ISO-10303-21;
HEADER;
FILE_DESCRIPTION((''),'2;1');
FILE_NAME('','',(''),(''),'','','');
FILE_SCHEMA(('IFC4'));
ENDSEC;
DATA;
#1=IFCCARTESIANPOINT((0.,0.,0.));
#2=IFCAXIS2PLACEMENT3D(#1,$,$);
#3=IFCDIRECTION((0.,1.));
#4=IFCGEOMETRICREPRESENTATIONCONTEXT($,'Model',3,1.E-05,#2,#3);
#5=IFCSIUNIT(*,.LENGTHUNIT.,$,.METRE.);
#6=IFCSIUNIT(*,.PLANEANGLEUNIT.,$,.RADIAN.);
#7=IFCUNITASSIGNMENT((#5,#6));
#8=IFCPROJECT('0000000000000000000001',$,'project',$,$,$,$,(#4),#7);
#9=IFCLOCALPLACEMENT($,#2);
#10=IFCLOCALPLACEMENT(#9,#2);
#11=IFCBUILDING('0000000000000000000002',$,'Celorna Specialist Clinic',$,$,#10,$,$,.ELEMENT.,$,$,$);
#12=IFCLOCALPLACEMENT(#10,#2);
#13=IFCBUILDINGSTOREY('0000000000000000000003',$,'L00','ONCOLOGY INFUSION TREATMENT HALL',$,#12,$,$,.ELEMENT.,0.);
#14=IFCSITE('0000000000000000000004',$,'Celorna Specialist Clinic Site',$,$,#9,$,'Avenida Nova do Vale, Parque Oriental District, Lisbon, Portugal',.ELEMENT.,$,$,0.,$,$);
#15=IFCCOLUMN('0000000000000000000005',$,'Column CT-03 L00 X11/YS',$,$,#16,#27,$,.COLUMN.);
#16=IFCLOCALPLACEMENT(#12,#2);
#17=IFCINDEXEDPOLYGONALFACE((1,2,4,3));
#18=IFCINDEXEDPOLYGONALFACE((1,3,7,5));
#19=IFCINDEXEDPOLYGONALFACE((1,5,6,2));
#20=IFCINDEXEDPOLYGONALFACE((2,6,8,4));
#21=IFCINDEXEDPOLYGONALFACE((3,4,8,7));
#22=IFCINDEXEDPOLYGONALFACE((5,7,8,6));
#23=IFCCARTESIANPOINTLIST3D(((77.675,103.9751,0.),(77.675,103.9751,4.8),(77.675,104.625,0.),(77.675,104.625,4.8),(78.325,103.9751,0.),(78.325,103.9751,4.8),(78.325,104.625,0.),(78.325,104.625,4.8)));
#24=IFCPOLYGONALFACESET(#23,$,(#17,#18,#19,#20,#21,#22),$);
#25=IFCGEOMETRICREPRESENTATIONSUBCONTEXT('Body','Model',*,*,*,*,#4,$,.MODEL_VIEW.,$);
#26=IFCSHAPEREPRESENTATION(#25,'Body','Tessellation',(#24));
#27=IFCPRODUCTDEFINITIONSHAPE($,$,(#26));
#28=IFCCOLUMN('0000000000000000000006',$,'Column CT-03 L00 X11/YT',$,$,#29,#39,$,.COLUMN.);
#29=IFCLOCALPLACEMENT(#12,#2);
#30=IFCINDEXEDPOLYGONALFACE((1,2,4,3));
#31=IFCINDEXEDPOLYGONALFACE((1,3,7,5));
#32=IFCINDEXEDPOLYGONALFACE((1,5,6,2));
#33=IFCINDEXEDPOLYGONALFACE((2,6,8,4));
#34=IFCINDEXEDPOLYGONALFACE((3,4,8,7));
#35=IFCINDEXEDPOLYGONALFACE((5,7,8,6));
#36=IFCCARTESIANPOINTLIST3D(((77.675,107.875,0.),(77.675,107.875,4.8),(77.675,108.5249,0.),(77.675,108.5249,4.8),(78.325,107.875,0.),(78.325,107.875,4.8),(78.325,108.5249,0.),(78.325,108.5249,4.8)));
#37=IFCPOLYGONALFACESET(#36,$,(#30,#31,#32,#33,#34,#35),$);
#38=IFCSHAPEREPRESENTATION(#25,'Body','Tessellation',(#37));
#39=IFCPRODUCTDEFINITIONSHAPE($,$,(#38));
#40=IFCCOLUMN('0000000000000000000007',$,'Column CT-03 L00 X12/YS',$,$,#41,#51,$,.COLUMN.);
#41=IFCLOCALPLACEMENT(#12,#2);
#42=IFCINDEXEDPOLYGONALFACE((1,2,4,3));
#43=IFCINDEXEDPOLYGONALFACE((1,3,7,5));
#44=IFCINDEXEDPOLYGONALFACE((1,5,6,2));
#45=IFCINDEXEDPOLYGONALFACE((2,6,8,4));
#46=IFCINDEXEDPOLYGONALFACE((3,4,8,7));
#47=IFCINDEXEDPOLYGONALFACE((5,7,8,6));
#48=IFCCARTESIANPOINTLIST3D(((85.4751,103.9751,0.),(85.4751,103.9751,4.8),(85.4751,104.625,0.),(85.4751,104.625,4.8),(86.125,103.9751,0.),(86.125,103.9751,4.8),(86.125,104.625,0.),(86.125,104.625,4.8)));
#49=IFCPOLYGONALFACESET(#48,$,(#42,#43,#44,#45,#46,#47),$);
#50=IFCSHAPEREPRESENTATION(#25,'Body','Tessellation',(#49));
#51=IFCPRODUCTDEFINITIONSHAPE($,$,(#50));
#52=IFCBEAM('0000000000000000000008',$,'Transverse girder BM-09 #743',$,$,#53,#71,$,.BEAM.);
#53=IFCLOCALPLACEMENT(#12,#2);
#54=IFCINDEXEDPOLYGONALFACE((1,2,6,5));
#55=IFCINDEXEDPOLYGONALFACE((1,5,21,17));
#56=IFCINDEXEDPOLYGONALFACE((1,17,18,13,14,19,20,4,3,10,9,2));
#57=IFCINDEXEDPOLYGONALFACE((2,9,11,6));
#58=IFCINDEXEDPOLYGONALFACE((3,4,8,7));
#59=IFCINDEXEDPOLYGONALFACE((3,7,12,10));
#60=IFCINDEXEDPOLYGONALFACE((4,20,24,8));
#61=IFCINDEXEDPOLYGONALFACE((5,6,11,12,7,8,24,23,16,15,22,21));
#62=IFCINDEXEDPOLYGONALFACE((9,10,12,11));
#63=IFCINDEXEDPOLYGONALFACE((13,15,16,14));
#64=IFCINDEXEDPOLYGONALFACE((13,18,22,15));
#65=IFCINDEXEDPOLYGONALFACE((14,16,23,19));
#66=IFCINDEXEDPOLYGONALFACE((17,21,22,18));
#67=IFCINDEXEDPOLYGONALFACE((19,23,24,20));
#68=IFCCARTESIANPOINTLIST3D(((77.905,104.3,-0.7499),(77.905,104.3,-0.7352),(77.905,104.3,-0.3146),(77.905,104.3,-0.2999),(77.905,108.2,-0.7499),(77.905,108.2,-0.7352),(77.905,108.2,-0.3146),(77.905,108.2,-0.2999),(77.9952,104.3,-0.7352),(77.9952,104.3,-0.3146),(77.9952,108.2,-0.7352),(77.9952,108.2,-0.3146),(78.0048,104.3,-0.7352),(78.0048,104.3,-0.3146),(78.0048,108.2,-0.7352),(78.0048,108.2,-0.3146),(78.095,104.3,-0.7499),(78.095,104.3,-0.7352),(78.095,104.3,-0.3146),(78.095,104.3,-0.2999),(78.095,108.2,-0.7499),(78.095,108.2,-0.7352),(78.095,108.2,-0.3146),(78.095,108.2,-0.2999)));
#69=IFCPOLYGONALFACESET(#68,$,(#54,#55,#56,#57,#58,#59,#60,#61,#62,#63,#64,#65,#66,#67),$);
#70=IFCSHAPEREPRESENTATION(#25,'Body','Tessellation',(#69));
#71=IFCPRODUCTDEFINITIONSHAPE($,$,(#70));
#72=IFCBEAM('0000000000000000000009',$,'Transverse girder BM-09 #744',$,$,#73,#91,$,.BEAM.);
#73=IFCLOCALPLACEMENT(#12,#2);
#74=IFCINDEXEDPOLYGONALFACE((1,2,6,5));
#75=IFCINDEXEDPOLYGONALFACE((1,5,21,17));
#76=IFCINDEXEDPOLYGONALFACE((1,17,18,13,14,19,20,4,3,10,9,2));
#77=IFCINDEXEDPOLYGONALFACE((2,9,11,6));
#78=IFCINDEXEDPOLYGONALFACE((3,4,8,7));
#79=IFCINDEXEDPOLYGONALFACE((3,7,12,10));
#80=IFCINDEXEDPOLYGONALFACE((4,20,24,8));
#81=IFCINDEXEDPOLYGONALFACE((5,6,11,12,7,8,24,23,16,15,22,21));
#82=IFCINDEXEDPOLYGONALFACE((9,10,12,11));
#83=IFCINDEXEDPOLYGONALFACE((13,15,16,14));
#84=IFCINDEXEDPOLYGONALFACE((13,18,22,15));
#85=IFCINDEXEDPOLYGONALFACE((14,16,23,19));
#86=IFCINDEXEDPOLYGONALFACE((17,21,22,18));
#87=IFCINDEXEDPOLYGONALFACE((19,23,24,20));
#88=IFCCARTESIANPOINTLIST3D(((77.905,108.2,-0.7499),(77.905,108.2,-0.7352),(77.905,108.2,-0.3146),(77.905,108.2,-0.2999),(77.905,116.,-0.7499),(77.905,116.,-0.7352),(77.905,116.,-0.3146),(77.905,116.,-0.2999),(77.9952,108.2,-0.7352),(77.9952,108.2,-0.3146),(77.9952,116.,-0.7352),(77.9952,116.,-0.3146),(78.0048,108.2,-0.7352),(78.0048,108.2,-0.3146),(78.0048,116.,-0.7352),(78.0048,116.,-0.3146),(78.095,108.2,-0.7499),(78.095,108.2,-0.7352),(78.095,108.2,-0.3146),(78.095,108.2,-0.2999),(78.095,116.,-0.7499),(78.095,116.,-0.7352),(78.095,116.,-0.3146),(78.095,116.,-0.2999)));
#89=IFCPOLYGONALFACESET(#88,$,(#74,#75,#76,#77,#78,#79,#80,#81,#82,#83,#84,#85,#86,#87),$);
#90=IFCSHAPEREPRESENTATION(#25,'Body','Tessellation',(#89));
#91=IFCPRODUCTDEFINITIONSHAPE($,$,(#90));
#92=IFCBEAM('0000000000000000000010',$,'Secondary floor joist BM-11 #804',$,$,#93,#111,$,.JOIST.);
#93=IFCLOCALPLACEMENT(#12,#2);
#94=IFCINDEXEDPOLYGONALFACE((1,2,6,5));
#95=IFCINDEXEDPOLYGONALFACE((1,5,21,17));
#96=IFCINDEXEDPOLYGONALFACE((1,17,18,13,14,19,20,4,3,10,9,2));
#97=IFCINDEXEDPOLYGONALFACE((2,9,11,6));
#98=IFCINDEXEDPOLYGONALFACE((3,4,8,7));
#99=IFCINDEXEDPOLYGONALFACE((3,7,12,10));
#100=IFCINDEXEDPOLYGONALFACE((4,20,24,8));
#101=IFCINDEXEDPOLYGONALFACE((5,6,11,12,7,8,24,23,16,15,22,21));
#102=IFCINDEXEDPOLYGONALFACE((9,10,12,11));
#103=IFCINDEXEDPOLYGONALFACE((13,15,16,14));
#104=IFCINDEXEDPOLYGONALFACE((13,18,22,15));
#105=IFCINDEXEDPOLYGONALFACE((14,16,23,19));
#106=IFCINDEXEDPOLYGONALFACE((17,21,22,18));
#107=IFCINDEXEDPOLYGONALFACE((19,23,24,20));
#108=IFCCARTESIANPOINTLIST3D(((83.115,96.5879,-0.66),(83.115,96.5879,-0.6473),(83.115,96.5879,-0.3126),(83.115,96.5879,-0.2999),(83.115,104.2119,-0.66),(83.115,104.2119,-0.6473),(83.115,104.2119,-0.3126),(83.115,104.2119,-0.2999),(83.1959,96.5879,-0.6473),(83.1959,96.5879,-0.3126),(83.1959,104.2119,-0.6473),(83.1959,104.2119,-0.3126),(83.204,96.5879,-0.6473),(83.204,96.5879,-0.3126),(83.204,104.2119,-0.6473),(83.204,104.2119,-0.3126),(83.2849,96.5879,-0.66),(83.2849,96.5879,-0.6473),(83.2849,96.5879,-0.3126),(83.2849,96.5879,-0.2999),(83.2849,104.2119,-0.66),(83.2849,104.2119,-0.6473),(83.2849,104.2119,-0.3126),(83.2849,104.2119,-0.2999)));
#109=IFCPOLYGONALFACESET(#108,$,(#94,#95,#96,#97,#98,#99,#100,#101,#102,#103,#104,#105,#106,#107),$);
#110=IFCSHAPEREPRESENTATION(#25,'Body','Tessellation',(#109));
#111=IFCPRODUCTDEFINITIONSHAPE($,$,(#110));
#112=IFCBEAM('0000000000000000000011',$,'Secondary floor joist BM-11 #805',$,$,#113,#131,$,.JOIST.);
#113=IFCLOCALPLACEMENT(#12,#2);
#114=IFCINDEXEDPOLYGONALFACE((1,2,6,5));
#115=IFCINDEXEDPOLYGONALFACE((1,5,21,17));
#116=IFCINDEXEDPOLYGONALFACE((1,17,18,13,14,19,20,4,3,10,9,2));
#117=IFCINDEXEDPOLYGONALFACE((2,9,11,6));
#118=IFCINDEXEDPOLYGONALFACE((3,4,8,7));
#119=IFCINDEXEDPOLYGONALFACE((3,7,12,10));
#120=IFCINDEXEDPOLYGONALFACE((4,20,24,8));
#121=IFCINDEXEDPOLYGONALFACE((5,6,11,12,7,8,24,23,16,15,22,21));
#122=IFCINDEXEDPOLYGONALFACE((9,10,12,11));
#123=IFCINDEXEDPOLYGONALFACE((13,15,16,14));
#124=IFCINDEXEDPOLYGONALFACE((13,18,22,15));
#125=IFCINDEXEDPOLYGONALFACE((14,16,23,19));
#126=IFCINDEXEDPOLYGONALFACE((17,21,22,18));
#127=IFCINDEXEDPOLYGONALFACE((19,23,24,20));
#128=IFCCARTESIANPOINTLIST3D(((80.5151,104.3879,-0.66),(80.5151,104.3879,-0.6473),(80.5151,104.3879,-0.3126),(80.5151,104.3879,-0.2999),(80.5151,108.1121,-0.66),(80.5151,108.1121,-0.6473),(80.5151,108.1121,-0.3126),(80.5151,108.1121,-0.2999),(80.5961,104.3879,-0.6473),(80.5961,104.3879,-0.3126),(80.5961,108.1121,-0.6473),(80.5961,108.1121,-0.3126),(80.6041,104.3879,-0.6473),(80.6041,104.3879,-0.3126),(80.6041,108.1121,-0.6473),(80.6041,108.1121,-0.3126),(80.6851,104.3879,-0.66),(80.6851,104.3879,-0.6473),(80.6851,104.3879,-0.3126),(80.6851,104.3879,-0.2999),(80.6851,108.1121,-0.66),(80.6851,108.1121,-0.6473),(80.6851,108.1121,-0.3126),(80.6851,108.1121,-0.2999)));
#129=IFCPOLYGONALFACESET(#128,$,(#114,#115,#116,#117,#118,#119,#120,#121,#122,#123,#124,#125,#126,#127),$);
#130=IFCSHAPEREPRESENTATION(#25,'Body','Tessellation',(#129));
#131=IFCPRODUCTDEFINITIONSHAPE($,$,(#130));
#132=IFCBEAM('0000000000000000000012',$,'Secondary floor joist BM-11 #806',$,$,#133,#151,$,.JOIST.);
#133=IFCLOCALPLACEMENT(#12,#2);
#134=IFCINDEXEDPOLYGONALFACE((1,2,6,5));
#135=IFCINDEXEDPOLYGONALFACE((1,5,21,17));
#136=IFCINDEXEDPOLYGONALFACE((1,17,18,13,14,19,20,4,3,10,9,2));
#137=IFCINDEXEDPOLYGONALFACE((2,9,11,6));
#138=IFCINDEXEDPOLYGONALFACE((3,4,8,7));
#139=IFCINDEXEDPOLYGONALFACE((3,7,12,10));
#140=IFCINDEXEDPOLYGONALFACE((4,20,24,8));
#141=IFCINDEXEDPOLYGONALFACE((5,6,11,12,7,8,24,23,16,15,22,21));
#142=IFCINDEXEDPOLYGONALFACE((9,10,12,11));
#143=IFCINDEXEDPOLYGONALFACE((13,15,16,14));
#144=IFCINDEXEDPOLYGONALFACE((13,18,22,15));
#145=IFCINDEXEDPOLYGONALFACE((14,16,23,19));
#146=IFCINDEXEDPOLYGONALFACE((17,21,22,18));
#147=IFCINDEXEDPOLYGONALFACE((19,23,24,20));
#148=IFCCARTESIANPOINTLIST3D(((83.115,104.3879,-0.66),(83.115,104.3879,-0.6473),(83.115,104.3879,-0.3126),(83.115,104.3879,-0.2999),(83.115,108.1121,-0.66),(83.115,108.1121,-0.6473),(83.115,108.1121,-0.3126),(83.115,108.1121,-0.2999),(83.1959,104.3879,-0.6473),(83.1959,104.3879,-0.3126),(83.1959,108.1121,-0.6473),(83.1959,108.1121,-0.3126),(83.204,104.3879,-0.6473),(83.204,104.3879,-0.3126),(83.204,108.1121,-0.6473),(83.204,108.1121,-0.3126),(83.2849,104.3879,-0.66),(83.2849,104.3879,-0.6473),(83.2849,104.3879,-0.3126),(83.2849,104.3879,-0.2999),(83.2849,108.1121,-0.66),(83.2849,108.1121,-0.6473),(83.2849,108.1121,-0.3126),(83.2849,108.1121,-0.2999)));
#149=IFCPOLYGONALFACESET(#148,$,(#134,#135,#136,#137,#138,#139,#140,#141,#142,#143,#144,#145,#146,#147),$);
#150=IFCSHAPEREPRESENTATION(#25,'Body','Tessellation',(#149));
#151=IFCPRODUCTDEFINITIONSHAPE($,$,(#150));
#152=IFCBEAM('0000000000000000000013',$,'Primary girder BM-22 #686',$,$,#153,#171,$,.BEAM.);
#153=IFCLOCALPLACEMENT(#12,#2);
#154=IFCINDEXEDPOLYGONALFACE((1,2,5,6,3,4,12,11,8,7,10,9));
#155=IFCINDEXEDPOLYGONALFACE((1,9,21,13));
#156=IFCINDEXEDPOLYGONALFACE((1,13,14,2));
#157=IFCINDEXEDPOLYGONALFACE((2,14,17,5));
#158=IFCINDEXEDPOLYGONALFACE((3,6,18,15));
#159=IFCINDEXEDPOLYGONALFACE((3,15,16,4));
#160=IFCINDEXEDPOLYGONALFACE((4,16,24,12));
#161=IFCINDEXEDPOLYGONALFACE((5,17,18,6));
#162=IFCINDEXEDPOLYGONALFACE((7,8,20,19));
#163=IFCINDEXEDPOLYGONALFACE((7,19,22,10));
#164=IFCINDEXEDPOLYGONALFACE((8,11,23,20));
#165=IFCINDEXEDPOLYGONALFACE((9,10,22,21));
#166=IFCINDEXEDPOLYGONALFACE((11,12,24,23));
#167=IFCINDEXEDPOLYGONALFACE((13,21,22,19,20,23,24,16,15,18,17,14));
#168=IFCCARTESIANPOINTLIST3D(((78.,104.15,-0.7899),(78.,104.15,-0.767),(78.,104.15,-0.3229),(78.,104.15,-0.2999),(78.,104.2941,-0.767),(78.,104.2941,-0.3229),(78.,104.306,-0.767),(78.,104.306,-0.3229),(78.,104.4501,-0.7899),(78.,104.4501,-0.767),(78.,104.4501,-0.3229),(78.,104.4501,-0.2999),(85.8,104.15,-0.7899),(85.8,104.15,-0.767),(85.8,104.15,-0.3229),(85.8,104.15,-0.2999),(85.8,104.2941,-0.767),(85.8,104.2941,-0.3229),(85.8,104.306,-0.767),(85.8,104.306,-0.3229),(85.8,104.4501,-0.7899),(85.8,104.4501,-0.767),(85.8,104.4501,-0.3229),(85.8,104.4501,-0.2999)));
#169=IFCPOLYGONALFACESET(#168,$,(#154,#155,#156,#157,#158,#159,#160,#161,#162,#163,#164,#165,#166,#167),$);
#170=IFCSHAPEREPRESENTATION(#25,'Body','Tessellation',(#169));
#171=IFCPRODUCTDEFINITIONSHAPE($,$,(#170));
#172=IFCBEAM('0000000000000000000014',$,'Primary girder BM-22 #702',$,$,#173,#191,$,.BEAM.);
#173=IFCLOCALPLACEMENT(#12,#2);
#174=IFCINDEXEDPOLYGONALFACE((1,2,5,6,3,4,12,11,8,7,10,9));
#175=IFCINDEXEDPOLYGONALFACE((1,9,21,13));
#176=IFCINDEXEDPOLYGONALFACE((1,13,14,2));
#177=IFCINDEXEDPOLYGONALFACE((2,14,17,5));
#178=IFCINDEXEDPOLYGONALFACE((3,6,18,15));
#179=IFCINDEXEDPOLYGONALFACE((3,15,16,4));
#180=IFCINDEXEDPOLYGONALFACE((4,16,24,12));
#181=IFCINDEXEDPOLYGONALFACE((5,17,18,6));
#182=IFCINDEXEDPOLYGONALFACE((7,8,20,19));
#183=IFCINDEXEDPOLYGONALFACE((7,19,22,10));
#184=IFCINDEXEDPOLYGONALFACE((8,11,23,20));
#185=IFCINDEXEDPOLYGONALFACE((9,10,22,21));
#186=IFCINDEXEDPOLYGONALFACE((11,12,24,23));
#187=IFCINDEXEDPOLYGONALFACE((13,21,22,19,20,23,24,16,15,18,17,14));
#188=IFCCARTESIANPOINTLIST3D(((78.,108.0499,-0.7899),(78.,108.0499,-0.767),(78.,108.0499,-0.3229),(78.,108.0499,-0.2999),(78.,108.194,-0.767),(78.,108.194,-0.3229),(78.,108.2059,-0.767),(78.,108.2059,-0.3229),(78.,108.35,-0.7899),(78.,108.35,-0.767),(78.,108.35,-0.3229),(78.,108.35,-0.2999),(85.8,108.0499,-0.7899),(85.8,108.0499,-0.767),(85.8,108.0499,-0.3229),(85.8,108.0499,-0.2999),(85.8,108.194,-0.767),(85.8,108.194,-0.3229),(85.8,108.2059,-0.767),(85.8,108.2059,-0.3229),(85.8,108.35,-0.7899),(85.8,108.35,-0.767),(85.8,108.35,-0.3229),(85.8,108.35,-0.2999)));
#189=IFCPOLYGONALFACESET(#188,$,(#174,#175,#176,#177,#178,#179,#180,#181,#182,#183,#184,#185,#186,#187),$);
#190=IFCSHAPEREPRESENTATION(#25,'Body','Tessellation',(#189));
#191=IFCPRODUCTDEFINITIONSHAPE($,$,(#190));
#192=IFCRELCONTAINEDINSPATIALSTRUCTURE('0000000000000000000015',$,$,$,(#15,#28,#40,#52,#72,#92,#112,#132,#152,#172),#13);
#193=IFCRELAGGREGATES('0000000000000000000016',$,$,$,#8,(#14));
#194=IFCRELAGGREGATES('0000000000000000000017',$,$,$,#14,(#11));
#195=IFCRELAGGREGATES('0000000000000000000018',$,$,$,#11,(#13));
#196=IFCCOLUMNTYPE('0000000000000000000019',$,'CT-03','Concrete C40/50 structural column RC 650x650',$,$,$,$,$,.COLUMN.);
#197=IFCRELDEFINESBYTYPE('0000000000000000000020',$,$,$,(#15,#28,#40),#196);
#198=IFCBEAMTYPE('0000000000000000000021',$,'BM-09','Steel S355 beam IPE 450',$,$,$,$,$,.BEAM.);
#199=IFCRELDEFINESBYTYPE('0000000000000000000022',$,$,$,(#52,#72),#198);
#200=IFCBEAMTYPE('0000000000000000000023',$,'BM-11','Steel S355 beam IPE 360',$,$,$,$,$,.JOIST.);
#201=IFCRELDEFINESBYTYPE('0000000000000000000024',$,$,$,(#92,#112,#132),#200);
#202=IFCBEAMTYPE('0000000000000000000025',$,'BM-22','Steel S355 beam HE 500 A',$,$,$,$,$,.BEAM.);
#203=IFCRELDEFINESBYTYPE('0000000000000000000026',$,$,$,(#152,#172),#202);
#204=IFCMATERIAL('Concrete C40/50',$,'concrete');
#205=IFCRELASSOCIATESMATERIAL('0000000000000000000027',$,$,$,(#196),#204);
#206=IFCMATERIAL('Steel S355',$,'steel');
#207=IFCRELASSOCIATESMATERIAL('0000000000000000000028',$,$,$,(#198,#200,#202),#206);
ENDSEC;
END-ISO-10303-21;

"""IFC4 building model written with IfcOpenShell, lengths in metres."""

from ifc_helpers import new_model, si_unit, direction, frame, origin, origin_2d, place, context, subcontext, project, spatial, rectangle, i_section, extrude, material, material_profile, profile_set, type_object, element, save


model = new_model("IFC4")

# Units and contexts
model_context = context("Model", 3, precision=1e-05, world=origin(), true_north=direction((0.0, 1.0)))
body_context = subcontext(model_context, "Body", "Model", "MODEL_VIEW")
ifc_project = project(units=[si_unit("LENGTHUNIT", "METRE"), si_unit("PLANEANGLEUNIT", "RADIAN")], contexts=[model_context])

# Site, building, storey
site_placement = place(None, origin())
site = spatial("IfcSite", under=ifc_project, at=site_placement, Name="Celorna Specialist Clinic Site", LongName="Avenida Nova do Vale, Parque Oriental District, Lisbon, Portugal", CompositionType="ELEMENT", RefElevation=0.0)
building_placement = place(site_placement, origin())
building = spatial("IfcBuilding", under=site, at=building_placement, Name="Celorna Specialist Clinic", CompositionType="ELEMENT")
storey_placement = place(building_placement, origin())
storey = spatial("IfcBuildingStorey", under=building, at=storey_placement, Name="L00", Description="ONCOLOGY INFUSION TREATMENT HALL", CompositionType="ELEMENT", Elevation=0.0)

# Columns
ifc_material_1 = material(Name="Concrete C40/50", Category="concrete")
ifc_material_profile_1 = material_profile(ifc_material_1, rectangle(XDim=0.6499, YDim=0.6499, at=origin_2d()), Name="RC 650x650")
ifc_profile_set_1 = profile_set([ifc_material_profile_1], Name="Concrete C40/50")
column_type = type_object("IfcColumnType", Name="CT-03", Description="Concrete C40/50 structural column RC 650x650", PredefinedType="COLUMN", material=ifc_profile_set_1)
for number, where, z_axis, x_axis, name in (
    (1, (78.0, 104.3, 0.0), (0.0, 0.0, 1.0), (1.0, 0.0, 0.0), "Column CT-03 L00 X11/YS"),
    (2, (78.0, 108.2, 0.0), (0.0, 0.0, 1.0), (1.0, 0.0, 0.0), "Column CT-03 L00 X11/YT"),
    (3, (85.8, 104.3, 0.0), (0.0, 0.0, 1.0), (1.0, 0.0, 0.0), "Column CT-03 L00 X12/YS"),
):
    element("IfcColumn", number, at=place(storey_placement, frame(where, z_axis=z_axis, x_axis=x_axis)), inside=storey, type_object=column_type, Name=name, PredefinedType="COLUMN", context=body_context, shape_type="SweptSolid", body=[
        extrude(rectangle(XDim=0.6499, YDim=0.6499, at=origin_2d()), origin(), (0.0, 0.0, 1.0), 4.8),
    ])

# Beams
ifc_material_2 = material(Name="Steel S355", Category="steel")
ifc_material_profile_2 = material_profile(ifc_material_2, i_section(OverallWidth=0.1899, OverallDepth=0.45, WebThickness=0.0095, FlangeThickness=0.0146, at=origin_2d()), Name="IPE 450")
ifc_profile_set_2 = profile_set([ifc_material_profile_2], Name="Steel S355")
beam_type_1 = type_object("IfcBeamType", Name="BM-09", Description="Steel S355 beam IPE 450", PredefinedType="BEAM", material=ifc_profile_set_2)
beam_1_placement = place(storey_placement, frame((78.0, 104.3, -0.5249), z_axis=(0.0, 1.0, 0.0), x_axis=(-1.0, 0.0, 0.0)))
element("IfcBeam", 4, at=beam_1_placement, inside=storey, type_object=beam_type_1, Name="Transverse girder BM-09 #743", PredefinedType="BEAM", context=body_context, shape_type="SweptSolid", body=[
    extrude(i_section(OverallWidth=0.1899, OverallDepth=0.45, WebThickness=0.0095, FlangeThickness=0.0146, at=origin_2d()), origin(), (0.0, 0.0, 1.0), 3.8999),
])
beam_2_placement = place(storey_placement, frame((78.0, 108.2, -0.5249), z_axis=(0.0, 1.0, 0.0), x_axis=(-1.0, 0.0, 0.0)))
element("IfcBeam", 5, at=beam_2_placement, inside=storey, type_object=beam_type_1, Name="Transverse girder BM-09 #744", PredefinedType="BEAM", context=body_context, shape_type="SweptSolid", body=[
    extrude(i_section(OverallWidth=0.1899, OverallDepth=0.45, WebThickness=0.0095, FlangeThickness=0.0146, at=origin_2d()), origin(), (0.0, 0.0, 1.0), 7.8),
])
ifc_material_profile_3 = material_profile(ifc_material_2, i_section(OverallWidth=0.1699, OverallDepth=0.3601, WebThickness=0.0081, FlangeThickness=0.0127, at=origin_2d()), Name="IPE 360")
ifc_profile_set_3 = profile_set([ifc_material_profile_3], Name="Steel S355")
beam_type_2 = type_object("IfcBeamType", Name="BM-11", Description="Steel S355 beam IPE 360", PredefinedType="JOIST", material=ifc_profile_set_3)
beam_3_placement = place(storey_placement, frame((83.2, 96.5879, -0.48), z_axis=(0.0, 1.0, 0.0), x_axis=(-1.0, 0.0, 0.0)))
element("IfcBeam", 6, at=beam_3_placement, inside=storey, type_object=beam_type_2, Name="Secondary floor joist BM-11 #804", PredefinedType="JOIST", context=body_context, shape_type="SweptSolid", body=[
    extrude(i_section(OverallWidth=0.1699, OverallDepth=0.3601, WebThickness=0.0081, FlangeThickness=0.0127, at=origin_2d()), origin(), (0.0, 0.0, 1.0), 7.624),
])
for number, where, z_axis, x_axis, name in (
    (7, (80.6001, 104.3879, -0.48), (0.0, 1.0, 0.0), (-1.0, 0.0, 0.0), "Secondary floor joist BM-11 #805"),
    (8, (83.2, 104.3879, -0.48), (0.0, 1.0, 0.0), (-1.0, 0.0, 0.0), "Secondary floor joist BM-11 #806"),
):
    element("IfcBeam", number, at=place(storey_placement, frame(where, z_axis=z_axis, x_axis=x_axis)), inside=storey, type_object=beam_type_2, Name=name, PredefinedType="JOIST", context=body_context, shape_type="SweptSolid", body=[
        extrude(i_section(OverallWidth=0.1699, OverallDepth=0.3601, WebThickness=0.0081, FlangeThickness=0.0127, at=origin_2d()), origin(), (0.0, 0.0, 1.0), 3.7241),
    ])
ifc_material_profile_4 = material_profile(ifc_material_2, i_section(OverallWidth=0.3, OverallDepth=0.49, WebThickness=0.012, FlangeThickness=0.0229, at=origin_2d()), Name="HE 500 A")
ifc_profile_set_4 = profile_set([ifc_material_profile_4], Name="Steel S355")
beam_type_3 = type_object("IfcBeamType", Name="BM-22", Description="Steel S355 beam HE 500 A", PredefinedType="BEAM", material=ifc_profile_set_4)
for number, where, z_axis, x_axis, name in (
    (9, (78.0, 104.3, -0.5449), (1.0, 0.0, 0.0), (0.0, 1.0, 0.0), "Primary girder BM-22 #686"),
    (10, (78.0, 108.2, -0.5449), (1.0, 0.0, 0.0), (0.0, 1.0, 0.0), "Primary girder BM-22 #702"),
):
    element("IfcBeam", number, at=place(storey_placement, frame(where, z_axis=z_axis, x_axis=x_axis)), inside=storey, type_object=beam_type_3, Name=name, PredefinedType="BEAM", context=body_context, shape_type="SweptSolid", body=[
        extrude(i_section(OverallWidth=0.3, OverallDepth=0.49, WebThickness=0.012, FlangeThickness=0.0229, at=origin_2d()), origin(), (0.0, 0.0, 1.0), 7.8),
    ])

save(model, "model.ifc")
